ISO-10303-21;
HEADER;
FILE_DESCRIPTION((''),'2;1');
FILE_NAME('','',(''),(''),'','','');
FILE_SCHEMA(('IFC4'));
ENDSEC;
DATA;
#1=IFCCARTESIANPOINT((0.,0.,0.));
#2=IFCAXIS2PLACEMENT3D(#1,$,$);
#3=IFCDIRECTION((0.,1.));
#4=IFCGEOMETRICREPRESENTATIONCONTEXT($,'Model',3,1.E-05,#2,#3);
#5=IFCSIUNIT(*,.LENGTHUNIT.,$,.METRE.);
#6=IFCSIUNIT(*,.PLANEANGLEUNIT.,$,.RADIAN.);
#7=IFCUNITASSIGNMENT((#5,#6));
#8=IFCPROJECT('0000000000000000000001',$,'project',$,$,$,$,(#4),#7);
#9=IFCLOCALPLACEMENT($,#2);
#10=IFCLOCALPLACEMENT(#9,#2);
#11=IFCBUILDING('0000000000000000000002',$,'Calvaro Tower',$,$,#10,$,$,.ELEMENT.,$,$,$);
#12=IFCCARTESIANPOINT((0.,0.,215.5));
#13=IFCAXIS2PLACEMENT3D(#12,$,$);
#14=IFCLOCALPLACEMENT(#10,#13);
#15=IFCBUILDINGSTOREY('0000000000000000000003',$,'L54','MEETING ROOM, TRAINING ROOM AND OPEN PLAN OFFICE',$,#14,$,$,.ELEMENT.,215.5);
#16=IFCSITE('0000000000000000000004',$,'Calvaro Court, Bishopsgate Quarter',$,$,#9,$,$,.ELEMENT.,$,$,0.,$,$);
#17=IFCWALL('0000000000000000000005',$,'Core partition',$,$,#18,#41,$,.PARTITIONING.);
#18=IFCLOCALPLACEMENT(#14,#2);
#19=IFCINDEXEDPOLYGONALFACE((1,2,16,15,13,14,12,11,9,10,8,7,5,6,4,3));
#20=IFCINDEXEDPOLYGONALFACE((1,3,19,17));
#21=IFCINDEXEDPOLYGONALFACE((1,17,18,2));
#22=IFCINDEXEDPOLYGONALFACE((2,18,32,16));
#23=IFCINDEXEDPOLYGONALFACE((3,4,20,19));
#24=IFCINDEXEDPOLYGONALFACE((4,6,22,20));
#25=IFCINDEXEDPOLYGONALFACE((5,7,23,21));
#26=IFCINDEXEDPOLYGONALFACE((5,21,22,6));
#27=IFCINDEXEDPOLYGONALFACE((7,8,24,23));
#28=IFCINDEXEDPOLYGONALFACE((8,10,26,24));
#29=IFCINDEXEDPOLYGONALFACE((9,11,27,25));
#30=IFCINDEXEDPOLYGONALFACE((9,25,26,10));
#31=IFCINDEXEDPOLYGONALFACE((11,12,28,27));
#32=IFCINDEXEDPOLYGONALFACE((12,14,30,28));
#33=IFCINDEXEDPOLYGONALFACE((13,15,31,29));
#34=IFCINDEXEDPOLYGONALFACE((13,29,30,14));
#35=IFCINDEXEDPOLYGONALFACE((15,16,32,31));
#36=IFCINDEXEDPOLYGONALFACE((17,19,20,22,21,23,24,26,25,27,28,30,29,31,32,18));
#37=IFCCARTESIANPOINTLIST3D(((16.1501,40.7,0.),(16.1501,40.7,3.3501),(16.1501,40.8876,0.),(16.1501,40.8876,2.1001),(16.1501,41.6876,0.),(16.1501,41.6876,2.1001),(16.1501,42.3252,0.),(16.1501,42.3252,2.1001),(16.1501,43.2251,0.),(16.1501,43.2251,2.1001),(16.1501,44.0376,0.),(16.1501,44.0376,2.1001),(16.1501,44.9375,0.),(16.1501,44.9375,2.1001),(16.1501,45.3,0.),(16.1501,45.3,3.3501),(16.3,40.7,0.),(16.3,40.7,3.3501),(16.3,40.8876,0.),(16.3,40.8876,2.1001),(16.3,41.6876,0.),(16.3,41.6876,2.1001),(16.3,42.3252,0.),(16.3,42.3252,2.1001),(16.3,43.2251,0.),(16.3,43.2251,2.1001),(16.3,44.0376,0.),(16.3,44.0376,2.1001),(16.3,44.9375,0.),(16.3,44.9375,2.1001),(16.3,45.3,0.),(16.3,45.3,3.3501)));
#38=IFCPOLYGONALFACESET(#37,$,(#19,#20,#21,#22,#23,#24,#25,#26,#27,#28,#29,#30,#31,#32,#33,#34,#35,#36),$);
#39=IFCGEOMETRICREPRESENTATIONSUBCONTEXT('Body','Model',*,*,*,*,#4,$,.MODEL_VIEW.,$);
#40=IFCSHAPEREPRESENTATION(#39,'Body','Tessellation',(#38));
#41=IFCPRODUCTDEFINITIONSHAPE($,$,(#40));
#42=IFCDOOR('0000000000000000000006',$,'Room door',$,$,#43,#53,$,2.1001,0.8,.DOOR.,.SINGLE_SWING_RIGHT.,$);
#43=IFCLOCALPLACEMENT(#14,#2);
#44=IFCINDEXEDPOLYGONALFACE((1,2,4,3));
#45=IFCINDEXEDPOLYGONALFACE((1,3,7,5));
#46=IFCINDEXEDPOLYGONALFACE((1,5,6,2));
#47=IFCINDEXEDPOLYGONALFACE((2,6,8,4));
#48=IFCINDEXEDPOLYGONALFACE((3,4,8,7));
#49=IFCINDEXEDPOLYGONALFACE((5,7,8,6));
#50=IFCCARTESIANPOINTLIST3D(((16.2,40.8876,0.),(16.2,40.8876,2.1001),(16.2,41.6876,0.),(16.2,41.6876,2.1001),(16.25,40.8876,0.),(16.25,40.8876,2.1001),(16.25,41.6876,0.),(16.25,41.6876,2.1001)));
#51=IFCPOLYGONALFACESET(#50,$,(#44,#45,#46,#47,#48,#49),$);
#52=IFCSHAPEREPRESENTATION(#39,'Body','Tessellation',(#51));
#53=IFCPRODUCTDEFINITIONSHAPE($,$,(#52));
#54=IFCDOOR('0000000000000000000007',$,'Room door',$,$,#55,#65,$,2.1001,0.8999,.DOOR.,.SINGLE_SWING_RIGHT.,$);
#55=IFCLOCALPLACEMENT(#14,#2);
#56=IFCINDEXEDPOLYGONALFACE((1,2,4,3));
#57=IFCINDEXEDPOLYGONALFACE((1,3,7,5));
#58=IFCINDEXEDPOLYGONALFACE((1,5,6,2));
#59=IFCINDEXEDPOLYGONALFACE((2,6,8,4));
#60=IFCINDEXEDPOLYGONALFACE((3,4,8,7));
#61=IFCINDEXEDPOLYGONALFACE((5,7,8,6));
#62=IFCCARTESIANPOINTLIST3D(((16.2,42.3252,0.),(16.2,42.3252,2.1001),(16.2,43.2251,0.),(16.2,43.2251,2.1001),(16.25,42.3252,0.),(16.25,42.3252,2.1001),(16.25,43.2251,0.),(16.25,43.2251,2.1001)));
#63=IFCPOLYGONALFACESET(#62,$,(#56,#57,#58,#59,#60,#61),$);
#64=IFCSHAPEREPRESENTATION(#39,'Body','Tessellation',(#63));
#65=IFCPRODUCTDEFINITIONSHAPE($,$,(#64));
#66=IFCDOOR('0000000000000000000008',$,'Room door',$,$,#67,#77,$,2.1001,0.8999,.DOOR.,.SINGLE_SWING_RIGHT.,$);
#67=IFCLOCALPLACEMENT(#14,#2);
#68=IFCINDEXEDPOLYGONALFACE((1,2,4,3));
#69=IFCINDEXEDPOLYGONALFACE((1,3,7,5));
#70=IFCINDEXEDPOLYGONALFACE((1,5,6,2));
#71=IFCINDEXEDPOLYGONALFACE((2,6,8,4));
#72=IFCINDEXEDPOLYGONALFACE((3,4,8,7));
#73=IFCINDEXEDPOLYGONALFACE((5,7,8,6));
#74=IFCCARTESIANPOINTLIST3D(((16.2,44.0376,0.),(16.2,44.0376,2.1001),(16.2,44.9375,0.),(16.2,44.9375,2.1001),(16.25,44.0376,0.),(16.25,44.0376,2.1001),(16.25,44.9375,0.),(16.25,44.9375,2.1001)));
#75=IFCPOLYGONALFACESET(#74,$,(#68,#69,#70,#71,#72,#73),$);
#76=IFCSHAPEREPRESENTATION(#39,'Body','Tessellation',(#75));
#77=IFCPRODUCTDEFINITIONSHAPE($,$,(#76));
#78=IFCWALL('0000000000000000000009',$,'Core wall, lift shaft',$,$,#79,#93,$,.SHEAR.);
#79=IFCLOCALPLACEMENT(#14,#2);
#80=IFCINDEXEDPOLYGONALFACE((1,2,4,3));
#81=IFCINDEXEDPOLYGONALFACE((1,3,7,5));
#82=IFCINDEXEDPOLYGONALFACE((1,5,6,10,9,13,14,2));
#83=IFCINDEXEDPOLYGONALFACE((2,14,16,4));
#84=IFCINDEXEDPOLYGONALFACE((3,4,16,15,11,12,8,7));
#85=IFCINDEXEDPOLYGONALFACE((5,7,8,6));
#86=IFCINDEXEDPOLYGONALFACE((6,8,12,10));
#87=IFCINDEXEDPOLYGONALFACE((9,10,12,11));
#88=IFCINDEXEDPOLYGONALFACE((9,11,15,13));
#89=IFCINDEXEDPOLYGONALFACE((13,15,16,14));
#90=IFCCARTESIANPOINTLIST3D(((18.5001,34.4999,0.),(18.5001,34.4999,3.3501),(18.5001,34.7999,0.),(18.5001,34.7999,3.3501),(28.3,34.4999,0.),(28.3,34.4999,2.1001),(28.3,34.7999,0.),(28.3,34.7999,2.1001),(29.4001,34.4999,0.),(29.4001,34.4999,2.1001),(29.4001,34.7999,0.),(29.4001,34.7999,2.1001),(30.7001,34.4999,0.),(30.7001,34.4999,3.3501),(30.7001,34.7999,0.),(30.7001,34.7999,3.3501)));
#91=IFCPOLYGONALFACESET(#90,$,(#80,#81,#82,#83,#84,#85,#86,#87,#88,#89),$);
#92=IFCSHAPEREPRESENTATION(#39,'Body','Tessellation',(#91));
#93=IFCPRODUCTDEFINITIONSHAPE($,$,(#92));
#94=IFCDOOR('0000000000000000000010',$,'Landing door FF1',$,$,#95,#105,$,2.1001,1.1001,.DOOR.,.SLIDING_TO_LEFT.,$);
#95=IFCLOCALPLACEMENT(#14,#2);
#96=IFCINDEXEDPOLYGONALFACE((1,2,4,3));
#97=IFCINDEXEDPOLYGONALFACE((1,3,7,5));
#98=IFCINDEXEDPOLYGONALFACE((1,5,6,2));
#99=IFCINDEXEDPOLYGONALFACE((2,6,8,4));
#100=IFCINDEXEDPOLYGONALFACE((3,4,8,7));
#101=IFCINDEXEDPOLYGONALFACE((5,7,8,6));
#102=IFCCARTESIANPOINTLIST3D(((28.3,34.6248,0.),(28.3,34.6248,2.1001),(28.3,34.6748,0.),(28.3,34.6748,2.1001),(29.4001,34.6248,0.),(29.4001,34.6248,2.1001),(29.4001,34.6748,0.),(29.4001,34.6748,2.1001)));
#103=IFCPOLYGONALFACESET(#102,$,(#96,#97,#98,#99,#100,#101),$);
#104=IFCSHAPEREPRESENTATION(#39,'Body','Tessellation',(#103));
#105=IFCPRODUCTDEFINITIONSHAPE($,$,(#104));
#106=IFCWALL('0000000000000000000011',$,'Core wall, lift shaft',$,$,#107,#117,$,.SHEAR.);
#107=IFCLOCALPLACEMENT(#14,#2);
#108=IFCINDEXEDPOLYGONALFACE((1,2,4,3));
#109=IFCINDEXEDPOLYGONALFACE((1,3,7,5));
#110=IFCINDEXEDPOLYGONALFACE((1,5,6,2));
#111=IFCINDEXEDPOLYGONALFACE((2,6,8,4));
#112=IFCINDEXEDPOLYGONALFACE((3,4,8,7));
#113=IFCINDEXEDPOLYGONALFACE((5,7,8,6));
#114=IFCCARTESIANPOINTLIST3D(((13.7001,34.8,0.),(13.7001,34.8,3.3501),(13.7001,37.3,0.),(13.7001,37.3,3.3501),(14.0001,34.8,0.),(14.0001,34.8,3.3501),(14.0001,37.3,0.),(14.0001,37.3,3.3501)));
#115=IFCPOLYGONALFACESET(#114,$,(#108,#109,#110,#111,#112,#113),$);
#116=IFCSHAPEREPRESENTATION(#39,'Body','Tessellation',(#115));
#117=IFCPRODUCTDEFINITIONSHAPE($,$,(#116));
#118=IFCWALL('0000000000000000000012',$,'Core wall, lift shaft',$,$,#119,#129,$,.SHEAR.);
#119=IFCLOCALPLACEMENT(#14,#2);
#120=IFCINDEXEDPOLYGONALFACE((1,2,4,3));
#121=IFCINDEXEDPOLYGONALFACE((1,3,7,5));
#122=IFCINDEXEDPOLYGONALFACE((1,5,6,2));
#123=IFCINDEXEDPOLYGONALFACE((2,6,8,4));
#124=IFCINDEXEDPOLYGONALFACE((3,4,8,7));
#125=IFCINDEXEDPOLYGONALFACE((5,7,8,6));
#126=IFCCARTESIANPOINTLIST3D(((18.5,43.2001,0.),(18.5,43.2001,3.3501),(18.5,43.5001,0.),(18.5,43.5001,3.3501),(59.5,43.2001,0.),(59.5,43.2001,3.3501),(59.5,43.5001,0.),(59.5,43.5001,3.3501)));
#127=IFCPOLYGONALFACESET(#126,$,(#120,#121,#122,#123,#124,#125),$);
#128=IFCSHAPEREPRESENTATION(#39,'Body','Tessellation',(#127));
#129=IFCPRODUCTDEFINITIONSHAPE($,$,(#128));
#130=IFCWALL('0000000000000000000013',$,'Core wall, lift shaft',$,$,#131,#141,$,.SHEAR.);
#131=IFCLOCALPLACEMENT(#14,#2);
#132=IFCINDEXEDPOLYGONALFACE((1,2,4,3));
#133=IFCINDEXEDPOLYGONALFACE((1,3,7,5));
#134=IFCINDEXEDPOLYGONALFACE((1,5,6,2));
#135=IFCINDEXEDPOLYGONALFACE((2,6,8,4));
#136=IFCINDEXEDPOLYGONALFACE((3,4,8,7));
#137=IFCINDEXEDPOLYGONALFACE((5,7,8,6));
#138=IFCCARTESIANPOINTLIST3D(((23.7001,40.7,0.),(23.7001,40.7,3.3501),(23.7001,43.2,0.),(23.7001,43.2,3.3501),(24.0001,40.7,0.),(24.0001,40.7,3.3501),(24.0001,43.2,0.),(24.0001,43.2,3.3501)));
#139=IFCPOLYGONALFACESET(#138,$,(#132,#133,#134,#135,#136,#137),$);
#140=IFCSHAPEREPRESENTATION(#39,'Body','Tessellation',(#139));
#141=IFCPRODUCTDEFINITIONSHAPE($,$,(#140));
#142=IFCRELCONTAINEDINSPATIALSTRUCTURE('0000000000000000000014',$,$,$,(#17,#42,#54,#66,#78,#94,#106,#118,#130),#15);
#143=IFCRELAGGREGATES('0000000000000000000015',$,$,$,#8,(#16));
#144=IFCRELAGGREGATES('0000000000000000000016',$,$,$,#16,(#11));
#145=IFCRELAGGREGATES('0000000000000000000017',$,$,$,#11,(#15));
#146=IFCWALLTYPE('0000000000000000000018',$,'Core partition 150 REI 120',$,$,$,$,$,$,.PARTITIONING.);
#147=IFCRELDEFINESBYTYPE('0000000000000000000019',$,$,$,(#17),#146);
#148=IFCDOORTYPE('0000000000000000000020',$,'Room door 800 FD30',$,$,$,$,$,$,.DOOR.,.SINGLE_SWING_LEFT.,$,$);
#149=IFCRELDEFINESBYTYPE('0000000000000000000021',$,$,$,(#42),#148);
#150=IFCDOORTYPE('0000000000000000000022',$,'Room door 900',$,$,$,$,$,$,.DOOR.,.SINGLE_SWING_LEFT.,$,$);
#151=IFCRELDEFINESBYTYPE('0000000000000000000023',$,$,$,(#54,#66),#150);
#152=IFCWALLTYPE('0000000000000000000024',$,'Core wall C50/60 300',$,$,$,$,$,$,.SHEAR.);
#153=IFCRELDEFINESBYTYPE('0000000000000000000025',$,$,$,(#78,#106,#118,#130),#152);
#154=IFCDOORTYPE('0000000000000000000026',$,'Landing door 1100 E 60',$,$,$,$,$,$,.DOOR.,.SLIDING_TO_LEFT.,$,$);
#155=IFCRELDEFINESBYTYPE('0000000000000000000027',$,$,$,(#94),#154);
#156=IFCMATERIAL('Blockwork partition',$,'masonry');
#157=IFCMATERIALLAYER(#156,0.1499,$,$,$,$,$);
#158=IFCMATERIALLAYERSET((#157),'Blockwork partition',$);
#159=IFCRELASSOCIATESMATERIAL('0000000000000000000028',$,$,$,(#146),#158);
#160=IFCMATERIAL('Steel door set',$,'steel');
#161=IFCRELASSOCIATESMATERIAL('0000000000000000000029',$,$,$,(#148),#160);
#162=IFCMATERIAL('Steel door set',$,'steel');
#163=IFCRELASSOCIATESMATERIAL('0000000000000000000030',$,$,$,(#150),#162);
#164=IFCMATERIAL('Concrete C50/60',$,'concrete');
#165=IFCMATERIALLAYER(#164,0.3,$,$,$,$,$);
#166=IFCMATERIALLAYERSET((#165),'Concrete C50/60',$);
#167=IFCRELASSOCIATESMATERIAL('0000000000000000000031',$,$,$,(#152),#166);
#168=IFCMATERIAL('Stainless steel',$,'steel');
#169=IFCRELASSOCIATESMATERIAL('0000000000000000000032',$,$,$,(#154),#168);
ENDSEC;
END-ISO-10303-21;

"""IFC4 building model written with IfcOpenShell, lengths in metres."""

from ifc_helpers import new_model, si_unit, direction, frame, frame_2d, origin, place, context, subcontext, project, spatial, rectangle, extrude, material, layer, layer_set, type_object, element, fill, save


model = new_model("IFC4")

# Units and contexts
model_context = context("Model", 3, precision=1e-05, world=origin(), true_north=direction((0.0, 1.0)))
body_context = subcontext(model_context, "Body", "Model", "MODEL_VIEW")
ifc_project = project(units=[si_unit("LENGTHUNIT", "METRE"), si_unit("PLANEANGLEUNIT", "RADIAN")], contexts=[model_context])

# Site, building, storey
site_placement = place(None, origin())
site = spatial("IfcSite", under=ifc_project, at=site_placement, Name="Calvaro Court, Bishopsgate Quarter", CompositionType="ELEMENT", RefElevation=0.0)
building_placement = place(site_placement, origin())
building = spatial("IfcBuilding", under=site, at=building_placement, Name="Calvaro Tower", CompositionType="ELEMENT")
storey_placement = place(building_placement, frame((0.0, 0.0, 215.5)))
storey = spatial("IfcBuildingStorey", under=building, at=storey_placement, Name="L54", Description="MEETING ROOM, TRAINING ROOM AND OPEN PLAN OFFICE", CompositionType="ELEMENT", Elevation=215.5)

# Wall, openings, doors
ifc_material_1 = material(Name="Blockwork partition", Category="masonry")
ifc_layer_1 = layer(ifc_material_1, 0.1499)
ifc_layer_set_1 = layer_set([ifc_layer_1], Name="Blockwork partition")
wall_type_1 = type_object("IfcWallType", Name="Core partition 150 REI 120", PredefinedType="PARTITIONING", material=ifc_layer_set_1)
wall_1_placement = place(storey_placement, frame((16.2251, 45.3, 0.0), z_axis=(0.0, 0.0, 1.0), x_axis=(0.0, -1.0, 0.0)))
wall_1 = element("IfcWall", 1, at=wall_1_placement, inside=storey, type_object=wall_type_1, Name="Core partition", PredefinedType="PARTITIONING", context=body_context, shape_type="SweptSolid", body=[
    extrude(rectangle(XDim=4.6001, YDim=0.1499, at=frame_2d((2.3, 0.0))), origin(), (0.0, 0.0, 1.0), 3.3501),
])
opening_1_placement = place(wall_1_placement, frame((3.6125, 0.0, 0.0)))
opening_1 = element("IfcOpeningElement", 2, at=opening_1_placement, cuts=wall_1, PredefinedType="OPENING", context=body_context, shape_type="SweptSolid", body=[
    extrude(rectangle(XDim=0.8, YDim=2.1001, at=frame_2d((0.3999, 1.05))), frame((0.0, 0.085, 0.0), z_axis=(0.0, -1.0, 0.0), x_axis=(1.0, 0.0, 0.0)), (0.0, 0.0, 1.0), 0.1699),
])
opening_2_placement = place(wall_1_placement, frame((2.075, 0.0, 0.0)))
opening_2 = element("IfcOpeningElement", 3, at=opening_2_placement, cuts=wall_1, PredefinedType="OPENING", context=body_context, shape_type="SweptSolid", body=[
    extrude(rectangle(XDim=0.8999, YDim=2.1001, at=frame_2d((0.45, 1.05))), frame((0.0, 0.085, 0.0), z_axis=(0.0, -1.0, 0.0), x_axis=(1.0, 0.0, 0.0)), (0.0, 0.0, 1.0), 0.1699),
])
opening_3_placement = place(wall_1_placement, frame((0.3625, 0.0, 0.0)))
opening_3 = element("IfcOpeningElement", 4, at=opening_3_placement, cuts=wall_1, PredefinedType="OPENING", context=body_context, shape_type="SweptSolid", body=[
    extrude(rectangle(XDim=0.8999, YDim=2.1001, at=frame_2d((0.45, 1.05))), frame((0.0, 0.085, 0.0), z_axis=(0.0, -1.0, 0.0), x_axis=(1.0, 0.0, 0.0)), (0.0, 0.0, 1.0), 0.1699),
])
ifc_material_2 = material(Name="Steel door set", Category="steel")
door_type_1 = type_object("IfcDoorType", Name="Room door 800 FD30", OperationType="SINGLE_SWING_LEFT", PredefinedType="DOOR", material=ifc_material_2)
door_1_placement = place(opening_1_placement, origin())
door_1 = element("IfcDoor", 5, at=door_1_placement, inside=storey, type_object=door_type_1, Name="Room door", OperationType="SINGLE_SWING_RIGHT", OverallHeight=2.1001, OverallWidth=0.8, PredefinedType="DOOR", context=body_context, shape_type="SweptSolid", body=[
    extrude(rectangle(XDim=0.8, YDim=2.1001, at=frame_2d((0.3999, 1.05))), frame((0.0, 0.0249, 0.0), z_axis=(0.0, -1.0, 0.0), x_axis=(1.0, 0.0, 0.0)), (0.0, 0.0, 1.0), 0.05),
])
fill(opening_1, door_1)
ifc_material_3 = material(Name="Steel door set", Category="steel")
door_type_2 = type_object("IfcDoorType", Name="Room door 900", OperationType="SINGLE_SWING_LEFT", PredefinedType="DOOR", material=ifc_material_3)
door_2_placement = place(opening_2_placement, origin())
door_2 = element("IfcDoor", 6, at=door_2_placement, inside=storey, type_object=door_type_2, Name="Room door", OperationType="SINGLE_SWING_RIGHT", OverallHeight=2.1001, OverallWidth=0.8999, PredefinedType="DOOR", context=body_context, shape_type="SweptSolid", body=[
    extrude(rectangle(XDim=0.8999, YDim=2.1001, at=frame_2d((0.45, 1.05))), frame((0.0, 0.0249, 0.0), z_axis=(0.0, -1.0, 0.0), x_axis=(1.0, 0.0, 0.0)), (0.0, 0.0, 1.0), 0.05),
])
fill(opening_2, door_2)
door_3_placement = place(opening_3_placement, origin())
door_3 = element("IfcDoor", 7, at=door_3_placement, inside=storey, type_object=door_type_2, Name="Room door", OperationType="SINGLE_SWING_RIGHT", OverallHeight=2.1001, OverallWidth=0.8999, PredefinedType="DOOR", context=body_context, shape_type="SweptSolid", body=[
    extrude(rectangle(XDim=0.8999, YDim=2.1001, at=frame_2d((0.45, 1.05))), frame((0.0, 0.0249, 0.0), z_axis=(0.0, -1.0, 0.0), x_axis=(1.0, 0.0, 0.0)), (0.0, 0.0, 1.0), 0.05),
])
fill(opening_3, door_3)

# Wall, opening, door
ifc_material_4 = material(Name="Concrete C50/60", Category="concrete")
ifc_layer_2 = layer(ifc_material_4, 0.3)
ifc_layer_set_2 = layer_set([ifc_layer_2], Name="Concrete C50/60")
wall_type_2 = type_object("IfcWallType", Name="Core wall C50/60 300", PredefinedType="SHEAR", material=ifc_layer_set_2)
wall_2_placement = place(storey_placement, frame((18.5, 34.6499, 0.0), z_axis=(0.0, 0.0, 1.0), x_axis=(1.0, 0.0, 0.0)))
wall_2 = element("IfcWall", 8, at=wall_2_placement, inside=storey, type_object=wall_type_2, Name="Core wall, lift shaft", PredefinedType="SHEAR", context=body_context, shape_type="SweptSolid", body=[
    extrude(rectangle(XDim=12.2, YDim=0.3, at=frame_2d((6.1001, 0.0))), origin(), (0.0, 0.0, 1.0), 3.3501),
])
opening_4_placement = place(wall_2_placement, frame((9.8, 0.0, 0.0)))
opening_4 = element("IfcOpeningElement", 9, at=opening_4_placement, cuts=wall_2, PredefinedType="OPENING", context=body_context, shape_type="SweptSolid", body=[
    extrude(rectangle(XDim=1.1001, YDim=2.1001, at=frame_2d((0.55, 1.05))), frame((0.0, 0.1599, 0.0), z_axis=(0.0, -1.0, 0.0), x_axis=(1.0, 0.0, 0.0)), (0.0, 0.0, 1.0), 0.3201),
])
ifc_material_5 = material(Name="Stainless steel", Category="steel")
door_type_3 = type_object("IfcDoorType", Name="Landing door 1100 E 60", OperationType="SLIDING_TO_LEFT", PredefinedType="DOOR", material=ifc_material_5)
door_4_placement = place(opening_4_placement, origin())
door_4 = element("IfcDoor", 10, at=door_4_placement, inside=storey, type_object=door_type_3, Name="Landing door FF1", OperationType="SLIDING_TO_LEFT", OverallHeight=2.1001, OverallWidth=1.1001, PredefinedType="DOOR", context=body_context, shape_type="SweptSolid", body=[
    extrude(rectangle(XDim=1.1001, YDim=2.1001, at=frame_2d((0.55, 1.05))), frame((0.0, 0.0249, 0.0), z_axis=(0.0, -1.0, 0.0), x_axis=(1.0, 0.0, 0.0)), (0.0, 0.0, 1.0), 0.05),
])
fill(opening_4, door_4)

# Wall
wall_3_placement = place(storey_placement, frame((13.8501, 34.8, 0.0), z_axis=(0.0, 0.0, 1.0), x_axis=(0.0, 1.0, 0.0)))
element("IfcWall", 11, at=wall_3_placement, inside=storey, type_object=wall_type_2, Name="Core wall, lift shaft", PredefinedType="SHEAR", context=body_context, shape_type="SweptSolid", body=[
    extrude(rectangle(XDim=2.5, YDim=0.3, at=frame_2d((1.25, 0.0))), origin(), (0.0, 0.0, 1.0), 3.3501),
])

# Walls
wall_4_placement = place(storey_placement, frame((18.5, 43.3501, 0.0), z_axis=(0.0, 0.0, 1.0), x_axis=(1.0, 0.0, 0.0)))
element("IfcWall", 12, at=wall_4_placement, inside=storey, type_object=wall_type_2, Name="Core wall, lift shaft", PredefinedType="SHEAR", context=body_context, shape_type="SweptSolid", body=[
    extrude(rectangle(XDim=41.0, YDim=0.3, at=frame_2d((20.5, 0.0))), origin(), (0.0, 0.0, 1.0), 3.3501),
])
wall_5_placement = place(storey_placement, frame((23.8501, 40.7, 0.0), z_axis=(0.0, 0.0, 1.0), x_axis=(0.0, 1.0, 0.0)))
element("IfcWall", 13, at=wall_5_placement, inside=storey, type_object=wall_type_2, Name="Core wall, lift shaft", PredefinedType="SHEAR", context=body_context, shape_type="SweptSolid", body=[
    extrude(rectangle(XDim=2.5, YDim=0.3, at=frame_2d((1.25, 0.0))), origin(), (0.0, 0.0, 1.0), 3.3501),
])

save(model, "model.ifc")
